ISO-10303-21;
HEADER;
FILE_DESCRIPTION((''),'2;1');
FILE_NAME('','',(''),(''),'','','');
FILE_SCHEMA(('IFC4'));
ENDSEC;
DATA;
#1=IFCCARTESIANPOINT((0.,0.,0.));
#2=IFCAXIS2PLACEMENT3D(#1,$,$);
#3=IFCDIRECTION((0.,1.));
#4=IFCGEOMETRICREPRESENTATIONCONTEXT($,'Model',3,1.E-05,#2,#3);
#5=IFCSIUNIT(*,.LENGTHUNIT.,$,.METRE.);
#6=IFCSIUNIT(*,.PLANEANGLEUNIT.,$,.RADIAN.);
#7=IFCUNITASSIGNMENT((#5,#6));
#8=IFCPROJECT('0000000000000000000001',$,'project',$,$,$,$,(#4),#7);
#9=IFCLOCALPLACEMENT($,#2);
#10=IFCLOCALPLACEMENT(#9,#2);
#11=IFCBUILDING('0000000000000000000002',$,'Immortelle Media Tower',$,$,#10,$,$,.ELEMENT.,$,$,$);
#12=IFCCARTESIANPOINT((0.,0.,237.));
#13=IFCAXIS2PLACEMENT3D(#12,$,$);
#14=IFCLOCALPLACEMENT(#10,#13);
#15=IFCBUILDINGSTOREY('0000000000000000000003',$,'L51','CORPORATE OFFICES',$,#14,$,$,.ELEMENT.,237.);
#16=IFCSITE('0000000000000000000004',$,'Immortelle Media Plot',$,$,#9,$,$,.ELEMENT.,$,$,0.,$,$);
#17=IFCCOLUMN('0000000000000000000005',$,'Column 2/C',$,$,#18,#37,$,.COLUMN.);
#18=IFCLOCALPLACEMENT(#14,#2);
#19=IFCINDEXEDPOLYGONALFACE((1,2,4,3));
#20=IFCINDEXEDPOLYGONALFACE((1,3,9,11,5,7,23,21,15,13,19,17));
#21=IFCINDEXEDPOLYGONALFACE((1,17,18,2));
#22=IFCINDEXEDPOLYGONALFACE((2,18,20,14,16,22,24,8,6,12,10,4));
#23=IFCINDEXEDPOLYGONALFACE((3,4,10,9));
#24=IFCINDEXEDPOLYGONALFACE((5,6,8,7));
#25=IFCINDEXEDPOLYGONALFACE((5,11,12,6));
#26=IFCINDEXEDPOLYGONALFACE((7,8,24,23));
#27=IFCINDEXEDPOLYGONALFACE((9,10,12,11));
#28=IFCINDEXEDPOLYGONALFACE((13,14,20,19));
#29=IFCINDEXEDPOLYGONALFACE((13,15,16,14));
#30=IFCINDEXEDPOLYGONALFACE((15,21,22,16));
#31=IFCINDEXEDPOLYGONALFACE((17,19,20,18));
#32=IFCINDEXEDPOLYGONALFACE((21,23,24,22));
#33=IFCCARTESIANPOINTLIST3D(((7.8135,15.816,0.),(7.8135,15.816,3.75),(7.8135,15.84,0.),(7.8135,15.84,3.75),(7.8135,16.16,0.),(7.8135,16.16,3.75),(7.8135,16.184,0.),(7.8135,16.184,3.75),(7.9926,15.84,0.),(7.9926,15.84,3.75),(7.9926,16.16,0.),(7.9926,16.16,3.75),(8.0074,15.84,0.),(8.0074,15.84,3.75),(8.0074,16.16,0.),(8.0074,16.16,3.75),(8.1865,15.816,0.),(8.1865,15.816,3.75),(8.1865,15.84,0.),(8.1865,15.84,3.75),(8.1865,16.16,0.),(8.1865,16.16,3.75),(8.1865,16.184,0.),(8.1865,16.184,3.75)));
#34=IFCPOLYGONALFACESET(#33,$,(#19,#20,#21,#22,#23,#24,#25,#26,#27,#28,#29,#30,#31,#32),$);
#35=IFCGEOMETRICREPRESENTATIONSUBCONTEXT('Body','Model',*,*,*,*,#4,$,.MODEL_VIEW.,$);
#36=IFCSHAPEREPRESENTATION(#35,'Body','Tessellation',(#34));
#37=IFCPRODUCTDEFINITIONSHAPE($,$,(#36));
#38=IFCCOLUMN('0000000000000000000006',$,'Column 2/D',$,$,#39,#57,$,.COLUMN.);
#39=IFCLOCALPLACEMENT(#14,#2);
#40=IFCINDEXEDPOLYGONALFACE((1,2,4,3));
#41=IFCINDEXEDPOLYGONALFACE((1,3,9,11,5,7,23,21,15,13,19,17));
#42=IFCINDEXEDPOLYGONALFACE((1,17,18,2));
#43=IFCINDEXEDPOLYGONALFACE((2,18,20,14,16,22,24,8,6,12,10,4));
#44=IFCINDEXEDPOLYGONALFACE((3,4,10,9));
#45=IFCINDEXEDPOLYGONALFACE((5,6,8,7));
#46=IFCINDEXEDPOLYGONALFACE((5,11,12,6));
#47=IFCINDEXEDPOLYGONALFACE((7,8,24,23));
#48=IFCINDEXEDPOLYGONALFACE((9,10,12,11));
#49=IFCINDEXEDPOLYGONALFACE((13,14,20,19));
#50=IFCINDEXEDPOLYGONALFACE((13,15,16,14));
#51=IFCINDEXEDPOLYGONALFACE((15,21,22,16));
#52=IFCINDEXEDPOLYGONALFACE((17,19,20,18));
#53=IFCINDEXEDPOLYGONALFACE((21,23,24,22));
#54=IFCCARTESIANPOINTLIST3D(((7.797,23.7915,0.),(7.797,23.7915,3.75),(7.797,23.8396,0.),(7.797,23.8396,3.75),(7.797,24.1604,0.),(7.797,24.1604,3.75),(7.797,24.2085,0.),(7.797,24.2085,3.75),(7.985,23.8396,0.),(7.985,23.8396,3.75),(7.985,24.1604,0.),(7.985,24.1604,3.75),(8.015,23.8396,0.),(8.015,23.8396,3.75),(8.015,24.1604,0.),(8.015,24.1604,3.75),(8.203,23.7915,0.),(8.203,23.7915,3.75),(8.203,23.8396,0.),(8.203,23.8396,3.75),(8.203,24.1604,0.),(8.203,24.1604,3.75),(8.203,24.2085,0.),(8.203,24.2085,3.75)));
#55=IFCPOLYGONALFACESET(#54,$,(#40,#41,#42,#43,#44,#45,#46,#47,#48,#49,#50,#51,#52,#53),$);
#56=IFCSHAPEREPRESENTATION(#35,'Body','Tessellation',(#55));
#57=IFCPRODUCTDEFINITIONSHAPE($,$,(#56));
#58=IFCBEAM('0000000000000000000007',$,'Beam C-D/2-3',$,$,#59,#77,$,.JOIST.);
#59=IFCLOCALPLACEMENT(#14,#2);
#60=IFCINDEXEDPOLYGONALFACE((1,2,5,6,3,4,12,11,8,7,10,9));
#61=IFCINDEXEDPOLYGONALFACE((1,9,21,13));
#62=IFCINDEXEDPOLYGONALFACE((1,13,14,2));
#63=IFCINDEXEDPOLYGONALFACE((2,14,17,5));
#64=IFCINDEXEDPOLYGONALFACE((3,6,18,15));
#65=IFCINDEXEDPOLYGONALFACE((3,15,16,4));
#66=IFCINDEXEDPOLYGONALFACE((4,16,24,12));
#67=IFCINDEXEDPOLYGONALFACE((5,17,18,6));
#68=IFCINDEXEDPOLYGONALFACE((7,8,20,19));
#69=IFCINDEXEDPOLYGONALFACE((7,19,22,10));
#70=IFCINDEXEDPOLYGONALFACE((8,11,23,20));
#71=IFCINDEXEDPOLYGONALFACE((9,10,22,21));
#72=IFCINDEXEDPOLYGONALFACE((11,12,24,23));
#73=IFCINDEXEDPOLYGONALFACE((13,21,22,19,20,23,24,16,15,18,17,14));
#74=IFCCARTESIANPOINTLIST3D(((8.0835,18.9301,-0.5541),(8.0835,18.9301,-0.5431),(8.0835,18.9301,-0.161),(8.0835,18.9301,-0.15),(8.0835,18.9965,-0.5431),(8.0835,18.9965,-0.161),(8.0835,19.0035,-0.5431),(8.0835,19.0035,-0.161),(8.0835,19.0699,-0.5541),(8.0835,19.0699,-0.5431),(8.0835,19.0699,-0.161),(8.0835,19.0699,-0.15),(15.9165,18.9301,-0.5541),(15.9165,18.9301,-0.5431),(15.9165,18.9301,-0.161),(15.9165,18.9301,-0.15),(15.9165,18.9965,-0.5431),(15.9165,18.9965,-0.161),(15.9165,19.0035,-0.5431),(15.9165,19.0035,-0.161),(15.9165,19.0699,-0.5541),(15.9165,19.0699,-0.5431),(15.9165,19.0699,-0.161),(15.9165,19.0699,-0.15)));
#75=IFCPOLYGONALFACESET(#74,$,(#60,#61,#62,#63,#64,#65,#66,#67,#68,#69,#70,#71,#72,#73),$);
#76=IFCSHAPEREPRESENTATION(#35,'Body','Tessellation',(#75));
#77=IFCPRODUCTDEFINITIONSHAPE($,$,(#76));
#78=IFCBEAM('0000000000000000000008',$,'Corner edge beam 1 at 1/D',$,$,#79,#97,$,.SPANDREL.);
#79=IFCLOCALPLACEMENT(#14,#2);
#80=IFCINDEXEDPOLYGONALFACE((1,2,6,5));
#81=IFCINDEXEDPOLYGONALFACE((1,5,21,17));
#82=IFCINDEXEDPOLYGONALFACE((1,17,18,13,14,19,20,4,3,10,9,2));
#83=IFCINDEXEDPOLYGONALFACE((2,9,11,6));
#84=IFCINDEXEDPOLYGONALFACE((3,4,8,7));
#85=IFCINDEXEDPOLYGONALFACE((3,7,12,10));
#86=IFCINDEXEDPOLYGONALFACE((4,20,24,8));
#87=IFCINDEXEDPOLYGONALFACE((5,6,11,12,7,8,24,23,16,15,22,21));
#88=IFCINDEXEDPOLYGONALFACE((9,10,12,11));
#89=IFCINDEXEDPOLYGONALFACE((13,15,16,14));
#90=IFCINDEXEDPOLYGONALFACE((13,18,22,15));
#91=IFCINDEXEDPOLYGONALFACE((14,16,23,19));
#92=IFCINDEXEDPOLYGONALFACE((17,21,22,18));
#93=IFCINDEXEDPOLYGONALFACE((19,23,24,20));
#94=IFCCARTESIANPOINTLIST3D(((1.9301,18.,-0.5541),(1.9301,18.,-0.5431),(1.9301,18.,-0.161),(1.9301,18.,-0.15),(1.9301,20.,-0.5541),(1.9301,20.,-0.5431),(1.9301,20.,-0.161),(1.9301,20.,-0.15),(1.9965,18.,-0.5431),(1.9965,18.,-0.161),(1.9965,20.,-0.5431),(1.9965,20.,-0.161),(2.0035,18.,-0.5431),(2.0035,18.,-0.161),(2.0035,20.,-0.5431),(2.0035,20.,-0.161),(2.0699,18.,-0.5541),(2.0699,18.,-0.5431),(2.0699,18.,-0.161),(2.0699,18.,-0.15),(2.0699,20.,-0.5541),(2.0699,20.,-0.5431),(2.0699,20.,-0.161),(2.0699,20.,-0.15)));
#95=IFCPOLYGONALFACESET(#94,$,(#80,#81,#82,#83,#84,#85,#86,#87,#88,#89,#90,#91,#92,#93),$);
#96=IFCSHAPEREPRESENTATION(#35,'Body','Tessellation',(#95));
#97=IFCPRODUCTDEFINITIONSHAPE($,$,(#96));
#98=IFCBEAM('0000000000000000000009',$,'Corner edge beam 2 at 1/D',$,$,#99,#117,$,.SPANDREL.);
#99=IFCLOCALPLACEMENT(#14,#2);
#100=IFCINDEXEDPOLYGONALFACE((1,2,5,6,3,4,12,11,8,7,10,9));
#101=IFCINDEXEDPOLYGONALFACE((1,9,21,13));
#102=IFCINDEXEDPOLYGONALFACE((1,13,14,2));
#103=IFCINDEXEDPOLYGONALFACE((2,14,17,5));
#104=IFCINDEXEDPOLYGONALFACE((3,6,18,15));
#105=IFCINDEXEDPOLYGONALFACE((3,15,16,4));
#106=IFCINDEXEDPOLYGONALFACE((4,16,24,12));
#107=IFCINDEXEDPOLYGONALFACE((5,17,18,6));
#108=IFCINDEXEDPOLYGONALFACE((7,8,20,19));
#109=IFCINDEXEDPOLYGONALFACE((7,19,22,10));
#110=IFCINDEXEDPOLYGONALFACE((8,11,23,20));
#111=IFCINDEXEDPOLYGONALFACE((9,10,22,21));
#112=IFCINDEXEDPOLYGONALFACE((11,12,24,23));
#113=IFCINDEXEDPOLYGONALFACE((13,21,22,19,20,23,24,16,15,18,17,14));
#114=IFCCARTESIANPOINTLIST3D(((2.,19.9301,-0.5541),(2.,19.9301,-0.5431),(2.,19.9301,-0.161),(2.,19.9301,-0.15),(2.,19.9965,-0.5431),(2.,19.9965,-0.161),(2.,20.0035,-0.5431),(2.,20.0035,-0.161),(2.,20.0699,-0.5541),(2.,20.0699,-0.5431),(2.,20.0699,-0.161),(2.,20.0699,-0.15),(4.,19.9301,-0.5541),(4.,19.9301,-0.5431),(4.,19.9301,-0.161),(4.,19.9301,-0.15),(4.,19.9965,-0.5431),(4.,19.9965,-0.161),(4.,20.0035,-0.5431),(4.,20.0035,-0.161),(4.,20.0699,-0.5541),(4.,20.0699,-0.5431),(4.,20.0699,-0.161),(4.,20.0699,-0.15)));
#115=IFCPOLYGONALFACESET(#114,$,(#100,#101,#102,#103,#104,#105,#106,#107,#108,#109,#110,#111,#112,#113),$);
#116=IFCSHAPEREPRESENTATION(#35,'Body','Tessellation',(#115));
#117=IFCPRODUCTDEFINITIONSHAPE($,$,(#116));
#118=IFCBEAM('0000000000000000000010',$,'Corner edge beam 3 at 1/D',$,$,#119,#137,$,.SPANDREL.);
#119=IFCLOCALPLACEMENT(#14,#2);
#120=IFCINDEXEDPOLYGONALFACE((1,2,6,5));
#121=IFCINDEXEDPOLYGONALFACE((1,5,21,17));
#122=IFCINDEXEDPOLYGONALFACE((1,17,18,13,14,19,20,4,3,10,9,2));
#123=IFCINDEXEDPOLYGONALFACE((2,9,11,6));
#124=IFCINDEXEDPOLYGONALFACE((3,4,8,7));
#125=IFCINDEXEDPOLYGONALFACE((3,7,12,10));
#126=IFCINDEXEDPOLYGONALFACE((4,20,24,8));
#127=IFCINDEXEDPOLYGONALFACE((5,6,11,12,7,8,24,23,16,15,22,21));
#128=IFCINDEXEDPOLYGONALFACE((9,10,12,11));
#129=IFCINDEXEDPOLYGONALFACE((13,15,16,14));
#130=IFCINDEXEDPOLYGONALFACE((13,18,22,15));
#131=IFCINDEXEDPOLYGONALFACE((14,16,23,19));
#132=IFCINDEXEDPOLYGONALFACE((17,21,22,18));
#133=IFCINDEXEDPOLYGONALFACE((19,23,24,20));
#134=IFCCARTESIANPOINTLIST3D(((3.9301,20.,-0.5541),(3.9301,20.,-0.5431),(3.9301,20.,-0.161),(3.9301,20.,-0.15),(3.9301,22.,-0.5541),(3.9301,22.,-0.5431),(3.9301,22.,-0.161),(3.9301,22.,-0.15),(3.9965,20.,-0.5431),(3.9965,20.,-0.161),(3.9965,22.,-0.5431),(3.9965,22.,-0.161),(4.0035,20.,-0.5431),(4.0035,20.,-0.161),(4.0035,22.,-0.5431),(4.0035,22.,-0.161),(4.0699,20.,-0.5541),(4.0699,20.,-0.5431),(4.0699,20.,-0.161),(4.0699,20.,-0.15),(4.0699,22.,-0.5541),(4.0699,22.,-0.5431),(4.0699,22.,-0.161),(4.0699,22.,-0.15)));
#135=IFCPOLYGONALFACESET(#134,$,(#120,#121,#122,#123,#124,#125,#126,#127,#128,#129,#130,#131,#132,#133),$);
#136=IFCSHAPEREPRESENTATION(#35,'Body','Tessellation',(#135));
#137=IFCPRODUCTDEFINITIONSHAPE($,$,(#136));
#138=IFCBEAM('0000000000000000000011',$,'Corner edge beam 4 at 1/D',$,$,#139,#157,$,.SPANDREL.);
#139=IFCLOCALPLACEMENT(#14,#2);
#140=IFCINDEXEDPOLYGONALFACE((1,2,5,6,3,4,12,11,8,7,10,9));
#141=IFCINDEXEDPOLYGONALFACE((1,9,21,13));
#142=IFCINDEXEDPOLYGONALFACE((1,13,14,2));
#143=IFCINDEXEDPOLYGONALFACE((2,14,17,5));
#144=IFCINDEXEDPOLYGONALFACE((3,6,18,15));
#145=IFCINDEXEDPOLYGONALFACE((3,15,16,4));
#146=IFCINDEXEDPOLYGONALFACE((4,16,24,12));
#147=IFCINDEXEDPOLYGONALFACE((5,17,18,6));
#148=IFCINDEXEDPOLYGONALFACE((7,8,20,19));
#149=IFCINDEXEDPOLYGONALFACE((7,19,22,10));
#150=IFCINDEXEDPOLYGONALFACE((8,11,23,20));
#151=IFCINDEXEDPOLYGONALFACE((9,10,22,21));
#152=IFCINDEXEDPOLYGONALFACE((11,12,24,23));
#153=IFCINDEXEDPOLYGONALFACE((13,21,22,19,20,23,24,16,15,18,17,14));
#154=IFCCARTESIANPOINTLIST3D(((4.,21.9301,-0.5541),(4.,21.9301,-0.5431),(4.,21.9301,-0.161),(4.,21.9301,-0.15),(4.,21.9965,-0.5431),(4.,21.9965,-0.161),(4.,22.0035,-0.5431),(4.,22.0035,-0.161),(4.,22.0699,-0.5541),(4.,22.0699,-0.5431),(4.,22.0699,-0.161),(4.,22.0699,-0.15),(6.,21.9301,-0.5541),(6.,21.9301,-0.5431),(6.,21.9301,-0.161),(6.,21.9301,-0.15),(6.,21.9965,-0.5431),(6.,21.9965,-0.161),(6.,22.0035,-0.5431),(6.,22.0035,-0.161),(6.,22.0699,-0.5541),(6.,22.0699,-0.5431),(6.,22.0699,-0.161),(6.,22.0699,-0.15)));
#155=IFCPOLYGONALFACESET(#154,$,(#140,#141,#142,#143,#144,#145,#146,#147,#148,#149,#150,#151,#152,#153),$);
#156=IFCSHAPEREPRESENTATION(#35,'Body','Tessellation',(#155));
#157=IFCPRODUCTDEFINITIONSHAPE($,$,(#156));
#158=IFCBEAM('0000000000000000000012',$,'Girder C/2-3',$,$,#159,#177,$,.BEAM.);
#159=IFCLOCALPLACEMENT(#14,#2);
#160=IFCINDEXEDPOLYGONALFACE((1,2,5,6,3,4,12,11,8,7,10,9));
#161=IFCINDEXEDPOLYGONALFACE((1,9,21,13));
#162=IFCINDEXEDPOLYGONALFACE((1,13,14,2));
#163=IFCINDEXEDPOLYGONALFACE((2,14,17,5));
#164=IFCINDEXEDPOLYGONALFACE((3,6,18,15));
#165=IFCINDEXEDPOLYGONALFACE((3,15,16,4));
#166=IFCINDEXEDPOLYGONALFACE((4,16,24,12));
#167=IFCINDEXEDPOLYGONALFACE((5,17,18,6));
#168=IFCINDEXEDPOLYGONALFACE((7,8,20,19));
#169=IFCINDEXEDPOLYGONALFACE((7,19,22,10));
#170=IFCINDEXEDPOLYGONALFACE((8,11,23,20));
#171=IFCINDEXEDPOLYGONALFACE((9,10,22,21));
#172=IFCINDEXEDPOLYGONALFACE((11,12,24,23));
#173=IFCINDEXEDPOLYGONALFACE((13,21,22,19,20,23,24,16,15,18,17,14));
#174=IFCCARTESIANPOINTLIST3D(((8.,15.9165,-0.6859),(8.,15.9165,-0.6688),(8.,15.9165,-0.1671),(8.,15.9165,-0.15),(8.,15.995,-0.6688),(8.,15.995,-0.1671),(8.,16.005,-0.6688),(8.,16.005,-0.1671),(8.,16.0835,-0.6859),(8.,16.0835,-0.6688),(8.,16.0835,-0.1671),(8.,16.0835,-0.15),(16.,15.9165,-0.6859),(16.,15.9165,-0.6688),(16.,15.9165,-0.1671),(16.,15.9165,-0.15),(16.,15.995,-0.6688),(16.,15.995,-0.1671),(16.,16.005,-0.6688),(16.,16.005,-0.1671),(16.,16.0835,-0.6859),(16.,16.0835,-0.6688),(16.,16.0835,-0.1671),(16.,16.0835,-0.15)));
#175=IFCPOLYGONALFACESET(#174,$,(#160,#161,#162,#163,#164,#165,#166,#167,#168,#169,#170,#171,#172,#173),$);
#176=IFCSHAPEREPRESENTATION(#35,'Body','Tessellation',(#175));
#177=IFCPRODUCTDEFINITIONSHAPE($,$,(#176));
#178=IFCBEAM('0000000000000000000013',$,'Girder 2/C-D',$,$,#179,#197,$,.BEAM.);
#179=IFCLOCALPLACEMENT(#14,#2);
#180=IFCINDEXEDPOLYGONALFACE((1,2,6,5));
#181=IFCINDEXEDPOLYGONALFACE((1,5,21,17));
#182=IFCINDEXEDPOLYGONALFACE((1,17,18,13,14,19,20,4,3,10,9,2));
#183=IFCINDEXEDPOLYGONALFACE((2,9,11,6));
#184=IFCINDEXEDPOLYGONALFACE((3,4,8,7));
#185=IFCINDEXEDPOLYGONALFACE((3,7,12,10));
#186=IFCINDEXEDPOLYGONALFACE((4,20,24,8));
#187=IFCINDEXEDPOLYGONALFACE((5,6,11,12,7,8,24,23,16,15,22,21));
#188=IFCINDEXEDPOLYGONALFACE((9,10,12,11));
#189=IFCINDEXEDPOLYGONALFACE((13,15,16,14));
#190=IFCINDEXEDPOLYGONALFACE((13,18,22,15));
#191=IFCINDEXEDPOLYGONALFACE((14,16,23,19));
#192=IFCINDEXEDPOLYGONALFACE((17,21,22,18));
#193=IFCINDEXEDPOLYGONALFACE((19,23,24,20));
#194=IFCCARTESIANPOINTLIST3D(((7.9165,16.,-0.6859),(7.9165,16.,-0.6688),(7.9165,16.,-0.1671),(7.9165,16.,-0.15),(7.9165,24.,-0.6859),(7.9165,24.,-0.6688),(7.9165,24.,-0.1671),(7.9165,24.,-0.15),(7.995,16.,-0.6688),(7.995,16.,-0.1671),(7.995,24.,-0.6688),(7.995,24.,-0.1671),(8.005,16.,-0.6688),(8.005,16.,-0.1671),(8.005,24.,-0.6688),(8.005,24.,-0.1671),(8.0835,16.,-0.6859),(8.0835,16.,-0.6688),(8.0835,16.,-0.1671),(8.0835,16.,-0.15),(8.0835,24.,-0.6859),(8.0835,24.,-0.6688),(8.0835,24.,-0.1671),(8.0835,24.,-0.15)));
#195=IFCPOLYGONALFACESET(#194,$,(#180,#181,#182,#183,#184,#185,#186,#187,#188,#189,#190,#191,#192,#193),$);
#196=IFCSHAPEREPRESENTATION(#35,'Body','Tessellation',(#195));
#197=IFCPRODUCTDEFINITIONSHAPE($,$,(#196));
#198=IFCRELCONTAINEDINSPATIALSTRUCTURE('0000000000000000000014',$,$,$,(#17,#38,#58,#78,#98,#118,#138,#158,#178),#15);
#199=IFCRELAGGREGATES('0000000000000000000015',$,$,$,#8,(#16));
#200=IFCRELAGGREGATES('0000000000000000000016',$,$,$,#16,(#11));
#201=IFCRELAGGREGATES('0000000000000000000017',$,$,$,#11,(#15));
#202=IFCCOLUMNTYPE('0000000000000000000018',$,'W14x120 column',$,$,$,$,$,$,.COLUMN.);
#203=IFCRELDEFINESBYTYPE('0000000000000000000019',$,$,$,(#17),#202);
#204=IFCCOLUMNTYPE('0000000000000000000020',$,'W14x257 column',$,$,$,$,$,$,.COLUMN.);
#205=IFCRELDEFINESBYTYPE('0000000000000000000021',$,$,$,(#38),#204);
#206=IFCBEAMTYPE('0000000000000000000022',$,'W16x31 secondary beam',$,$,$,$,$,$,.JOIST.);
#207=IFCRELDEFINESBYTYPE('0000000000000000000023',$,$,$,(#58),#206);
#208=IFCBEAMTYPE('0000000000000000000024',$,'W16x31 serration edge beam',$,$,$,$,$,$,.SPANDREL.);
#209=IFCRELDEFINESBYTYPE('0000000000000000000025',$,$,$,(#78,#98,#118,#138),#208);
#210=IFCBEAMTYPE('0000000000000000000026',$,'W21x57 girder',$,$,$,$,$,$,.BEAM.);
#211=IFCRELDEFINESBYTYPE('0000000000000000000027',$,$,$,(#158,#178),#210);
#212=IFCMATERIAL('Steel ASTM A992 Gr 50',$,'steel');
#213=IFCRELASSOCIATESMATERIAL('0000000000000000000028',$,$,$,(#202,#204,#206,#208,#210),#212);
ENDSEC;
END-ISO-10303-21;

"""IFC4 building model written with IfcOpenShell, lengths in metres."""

from ifc_helpers import new_model, si_unit, direction, frame, origin, origin_2d, place, context, subcontext, project, spatial, i_section, extrude, material, material_profile, profile_set, type_object, element, save


model = new_model("IFC4")

# Units and contexts
model_context = context("Model", 3, precision=1e-05, world=origin(), true_north=direction((0.0, 1.0)))
body_context = subcontext(model_context, "Body", "Model", "MODEL_VIEW")
ifc_project = project(units=[si_unit("LENGTHUNIT", "METRE"), si_unit("PLANEANGLEUNIT", "RADIAN")], contexts=[model_context])

# Site, building, storey
site_placement = place(None, origin())
site = spatial("IfcSite", under=ifc_project, at=site_placement, Name="Immortelle Media Plot", CompositionType="ELEMENT", RefElevation=0.0)
building_placement = place(site_placement, origin())
building = spatial("IfcBuilding", under=site, at=building_placement, Name="Immortelle Media Tower", CompositionType="ELEMENT")
storey_placement = place(building_placement, frame((0.0, 0.0, 237.0)))
storey = spatial("IfcBuildingStorey", under=building, at=storey_placement, Name="L51", Description="CORPORATE OFFICES", CompositionType="ELEMENT", Elevation=237.0)

# Columns
ifc_material_1 = material(Name="Steel ASTM A992 Gr 50", Category="steel")
ifc_material_profile_1 = material_profile(ifc_material_1, i_section(OverallWidth=0.373, OverallDepth=0.3679, WebThickness=0.0149, FlangeThickness=0.0239, at=origin_2d()), Name="W14x120")
ifc_profile_set_1 = profile_set([ifc_material_profile_1], Name="Steel ASTM A992 Gr 50")
column_type_1 = type_object("IfcColumnType", Name="W14x120 column", PredefinedType="COLUMN", material=ifc_profile_set_1)
column_1_placement = place(storey_placement, frame((8.0, 16.0, 0.0), z_axis=(0.0, 0.0, 1.0), x_axis=(1.0, 0.0, 0.0)))
element("IfcColumn", 1, at=column_1_placement, inside=storey, type_object=column_type_1, Name="Column 2/C", PredefinedType="COLUMN", context=body_context, shape_type="SweptSolid", body=[
    extrude(i_section(OverallWidth=0.373, OverallDepth=0.3679, WebThickness=0.0149, FlangeThickness=0.0239, at=origin_2d()), origin(), (0.0, 0.0, 1.0), 3.75),
])
ifc_material_profile_2 = material_profile(ifc_material_1, i_section(OverallWidth=0.406, OverallDepth=0.417, WebThickness=0.03, FlangeThickness=0.0481, at=origin_2d()), Name="W14x257")
ifc_profile_set_2 = profile_set([ifc_material_profile_2], Name="Steel ASTM A992 Gr 50")
column_type_2 = type_object("IfcColumnType", Name="W14x257 column", PredefinedType="COLUMN", material=ifc_profile_set_2)
column_2_placement = place(storey_placement, frame((8.0, 24.0, 0.0), z_axis=(0.0, 0.0, 1.0), x_axis=(1.0, 0.0, 0.0)))
element("IfcColumn", 2, at=column_2_placement, inside=storey, type_object=column_type_2, Name="Column 2/D", PredefinedType="COLUMN", context=body_context, shape_type="SweptSolid", body=[
    extrude(i_section(OverallWidth=0.406, OverallDepth=0.417, WebThickness=0.03, FlangeThickness=0.0481, at=origin_2d()), origin(), (0.0, 0.0, 1.0), 3.75),
])

# Beams
ifc_material_profile_3 = material_profile(ifc_material_1, i_section(OverallWidth=0.1399, OverallDepth=0.4041, WebThickness=0.0071, FlangeThickness=0.011, at=origin_2d()), Name="W16x31")
ifc_profile_set_3 = profile_set([ifc_material_profile_3], Name="Steel ASTM A992 Gr 50")
beam_type_1 = type_object("IfcBeamType", Name="W16x31 secondary beam", PredefinedType="JOIST", material=ifc_profile_set_3)
beam_1_placement = place(storey_placement, frame((8.0835, 19.0, -0.3521), z_axis=(1.0, 0.0, 0.0), x_axis=(0.0, 1.0, 0.0)))
element("IfcBeam", 3, at=beam_1_placement, inside=storey, type_object=beam_type_1, Name="Beam C-D/2-3", PredefinedType="JOIST", context=body_context, shape_type="SweptSolid", body=[
    extrude(i_section(OverallWidth=0.1399, OverallDepth=0.4041, WebThickness=0.0071, FlangeThickness=0.011, at=origin_2d()), origin(), (0.0, 0.0, 1.0), 7.833),
])
ifc_material_profile_4 = material_profile(ifc_material_1, i_section(OverallWidth=0.1399, OverallDepth=0.4041, WebThickness=0.0071, FlangeThickness=0.011, at=origin_2d()), Name="W16x31")
ifc_profile_set_4 = profile_set([ifc_material_profile_4], Name="Steel ASTM A992 Gr 50")
beam_type_2 = type_object("IfcBeamType", Name="W16x31 serration edge beam", PredefinedType="SPANDREL", material=ifc_profile_set_4)
for number, where, z_axis, x_axis, name in (
    (4, (2.0, 18.0, -0.3521), (0.0, 1.0, 0.0), (-1.0, 0.0, 0.0), "Corner edge beam 1 at 1/D"),
    (5, (2.0, 20.0, -0.3521), (1.0, 0.0, 0.0), (0.0, 1.0, 0.0), "Corner edge beam 2 at 1/D"),
    (6, (4.0, 20.0, -0.3521), (0.0, 1.0, 0.0), (-1.0, 0.0, 0.0), "Corner edge beam 3 at 1/D"),
    (7, (4.0, 22.0, -0.3521), (1.0, 0.0, 0.0), (0.0, 1.0, 0.0), "Corner edge beam 4 at 1/D"),
):
    element("IfcBeam", number, at=place(storey_placement, frame(where, z_axis=z_axis, x_axis=x_axis)), inside=storey, type_object=beam_type_2, Name=name, PredefinedType="SPANDREL", context=body_context, shape_type="SweptSolid", body=[
        extrude(i_section(OverallWidth=0.1399, OverallDepth=0.4041, WebThickness=0.0071, FlangeThickness=0.011, at=origin_2d()), origin(), (0.0, 0.0, 1.0), 2.0),
    ])
ifc_material_profile_5 = material_profile(ifc_material_1, i_section(OverallWidth=0.167, OverallDepth=0.5359, WebThickness=0.01, FlangeThickness=0.0171, at=origin_2d()), Name="W21x57")
ifc_profile_set_5 = profile_set([ifc_material_profile_5], Name="Steel ASTM A992 Gr 50")
beam_type_3 = type_object("IfcBeamType", Name="W21x57 girder", PredefinedType="BEAM", material=ifc_profile_set_5)
for number, where, z_axis, x_axis, name in (
    (8, (8.0, 16.0, -0.418), (1.0, 0.0, 0.0), (0.0, 1.0, 0.0), "Girder C/2-3"),
    (9, (8.0, 16.0, -0.418), (0.0, 1.0, 0.0), (-1.0, 0.0, 0.0), "Girder 2/C-D"),
):
    element("IfcBeam", number, at=place(storey_placement, frame(where, z_axis=z_axis, x_axis=x_axis)), inside=storey, type_object=beam_type_3, Name=name, PredefinedType="BEAM", context=body_context, shape_type="SweptSolid", body=[
        extrude(i_section(OverallWidth=0.167, OverallDepth=0.5359, WebThickness=0.01, FlangeThickness=0.0171, at=origin_2d()), origin(), (0.0, 0.0, 1.0), 8.0),
    ])

save(model, "model.ifc")
